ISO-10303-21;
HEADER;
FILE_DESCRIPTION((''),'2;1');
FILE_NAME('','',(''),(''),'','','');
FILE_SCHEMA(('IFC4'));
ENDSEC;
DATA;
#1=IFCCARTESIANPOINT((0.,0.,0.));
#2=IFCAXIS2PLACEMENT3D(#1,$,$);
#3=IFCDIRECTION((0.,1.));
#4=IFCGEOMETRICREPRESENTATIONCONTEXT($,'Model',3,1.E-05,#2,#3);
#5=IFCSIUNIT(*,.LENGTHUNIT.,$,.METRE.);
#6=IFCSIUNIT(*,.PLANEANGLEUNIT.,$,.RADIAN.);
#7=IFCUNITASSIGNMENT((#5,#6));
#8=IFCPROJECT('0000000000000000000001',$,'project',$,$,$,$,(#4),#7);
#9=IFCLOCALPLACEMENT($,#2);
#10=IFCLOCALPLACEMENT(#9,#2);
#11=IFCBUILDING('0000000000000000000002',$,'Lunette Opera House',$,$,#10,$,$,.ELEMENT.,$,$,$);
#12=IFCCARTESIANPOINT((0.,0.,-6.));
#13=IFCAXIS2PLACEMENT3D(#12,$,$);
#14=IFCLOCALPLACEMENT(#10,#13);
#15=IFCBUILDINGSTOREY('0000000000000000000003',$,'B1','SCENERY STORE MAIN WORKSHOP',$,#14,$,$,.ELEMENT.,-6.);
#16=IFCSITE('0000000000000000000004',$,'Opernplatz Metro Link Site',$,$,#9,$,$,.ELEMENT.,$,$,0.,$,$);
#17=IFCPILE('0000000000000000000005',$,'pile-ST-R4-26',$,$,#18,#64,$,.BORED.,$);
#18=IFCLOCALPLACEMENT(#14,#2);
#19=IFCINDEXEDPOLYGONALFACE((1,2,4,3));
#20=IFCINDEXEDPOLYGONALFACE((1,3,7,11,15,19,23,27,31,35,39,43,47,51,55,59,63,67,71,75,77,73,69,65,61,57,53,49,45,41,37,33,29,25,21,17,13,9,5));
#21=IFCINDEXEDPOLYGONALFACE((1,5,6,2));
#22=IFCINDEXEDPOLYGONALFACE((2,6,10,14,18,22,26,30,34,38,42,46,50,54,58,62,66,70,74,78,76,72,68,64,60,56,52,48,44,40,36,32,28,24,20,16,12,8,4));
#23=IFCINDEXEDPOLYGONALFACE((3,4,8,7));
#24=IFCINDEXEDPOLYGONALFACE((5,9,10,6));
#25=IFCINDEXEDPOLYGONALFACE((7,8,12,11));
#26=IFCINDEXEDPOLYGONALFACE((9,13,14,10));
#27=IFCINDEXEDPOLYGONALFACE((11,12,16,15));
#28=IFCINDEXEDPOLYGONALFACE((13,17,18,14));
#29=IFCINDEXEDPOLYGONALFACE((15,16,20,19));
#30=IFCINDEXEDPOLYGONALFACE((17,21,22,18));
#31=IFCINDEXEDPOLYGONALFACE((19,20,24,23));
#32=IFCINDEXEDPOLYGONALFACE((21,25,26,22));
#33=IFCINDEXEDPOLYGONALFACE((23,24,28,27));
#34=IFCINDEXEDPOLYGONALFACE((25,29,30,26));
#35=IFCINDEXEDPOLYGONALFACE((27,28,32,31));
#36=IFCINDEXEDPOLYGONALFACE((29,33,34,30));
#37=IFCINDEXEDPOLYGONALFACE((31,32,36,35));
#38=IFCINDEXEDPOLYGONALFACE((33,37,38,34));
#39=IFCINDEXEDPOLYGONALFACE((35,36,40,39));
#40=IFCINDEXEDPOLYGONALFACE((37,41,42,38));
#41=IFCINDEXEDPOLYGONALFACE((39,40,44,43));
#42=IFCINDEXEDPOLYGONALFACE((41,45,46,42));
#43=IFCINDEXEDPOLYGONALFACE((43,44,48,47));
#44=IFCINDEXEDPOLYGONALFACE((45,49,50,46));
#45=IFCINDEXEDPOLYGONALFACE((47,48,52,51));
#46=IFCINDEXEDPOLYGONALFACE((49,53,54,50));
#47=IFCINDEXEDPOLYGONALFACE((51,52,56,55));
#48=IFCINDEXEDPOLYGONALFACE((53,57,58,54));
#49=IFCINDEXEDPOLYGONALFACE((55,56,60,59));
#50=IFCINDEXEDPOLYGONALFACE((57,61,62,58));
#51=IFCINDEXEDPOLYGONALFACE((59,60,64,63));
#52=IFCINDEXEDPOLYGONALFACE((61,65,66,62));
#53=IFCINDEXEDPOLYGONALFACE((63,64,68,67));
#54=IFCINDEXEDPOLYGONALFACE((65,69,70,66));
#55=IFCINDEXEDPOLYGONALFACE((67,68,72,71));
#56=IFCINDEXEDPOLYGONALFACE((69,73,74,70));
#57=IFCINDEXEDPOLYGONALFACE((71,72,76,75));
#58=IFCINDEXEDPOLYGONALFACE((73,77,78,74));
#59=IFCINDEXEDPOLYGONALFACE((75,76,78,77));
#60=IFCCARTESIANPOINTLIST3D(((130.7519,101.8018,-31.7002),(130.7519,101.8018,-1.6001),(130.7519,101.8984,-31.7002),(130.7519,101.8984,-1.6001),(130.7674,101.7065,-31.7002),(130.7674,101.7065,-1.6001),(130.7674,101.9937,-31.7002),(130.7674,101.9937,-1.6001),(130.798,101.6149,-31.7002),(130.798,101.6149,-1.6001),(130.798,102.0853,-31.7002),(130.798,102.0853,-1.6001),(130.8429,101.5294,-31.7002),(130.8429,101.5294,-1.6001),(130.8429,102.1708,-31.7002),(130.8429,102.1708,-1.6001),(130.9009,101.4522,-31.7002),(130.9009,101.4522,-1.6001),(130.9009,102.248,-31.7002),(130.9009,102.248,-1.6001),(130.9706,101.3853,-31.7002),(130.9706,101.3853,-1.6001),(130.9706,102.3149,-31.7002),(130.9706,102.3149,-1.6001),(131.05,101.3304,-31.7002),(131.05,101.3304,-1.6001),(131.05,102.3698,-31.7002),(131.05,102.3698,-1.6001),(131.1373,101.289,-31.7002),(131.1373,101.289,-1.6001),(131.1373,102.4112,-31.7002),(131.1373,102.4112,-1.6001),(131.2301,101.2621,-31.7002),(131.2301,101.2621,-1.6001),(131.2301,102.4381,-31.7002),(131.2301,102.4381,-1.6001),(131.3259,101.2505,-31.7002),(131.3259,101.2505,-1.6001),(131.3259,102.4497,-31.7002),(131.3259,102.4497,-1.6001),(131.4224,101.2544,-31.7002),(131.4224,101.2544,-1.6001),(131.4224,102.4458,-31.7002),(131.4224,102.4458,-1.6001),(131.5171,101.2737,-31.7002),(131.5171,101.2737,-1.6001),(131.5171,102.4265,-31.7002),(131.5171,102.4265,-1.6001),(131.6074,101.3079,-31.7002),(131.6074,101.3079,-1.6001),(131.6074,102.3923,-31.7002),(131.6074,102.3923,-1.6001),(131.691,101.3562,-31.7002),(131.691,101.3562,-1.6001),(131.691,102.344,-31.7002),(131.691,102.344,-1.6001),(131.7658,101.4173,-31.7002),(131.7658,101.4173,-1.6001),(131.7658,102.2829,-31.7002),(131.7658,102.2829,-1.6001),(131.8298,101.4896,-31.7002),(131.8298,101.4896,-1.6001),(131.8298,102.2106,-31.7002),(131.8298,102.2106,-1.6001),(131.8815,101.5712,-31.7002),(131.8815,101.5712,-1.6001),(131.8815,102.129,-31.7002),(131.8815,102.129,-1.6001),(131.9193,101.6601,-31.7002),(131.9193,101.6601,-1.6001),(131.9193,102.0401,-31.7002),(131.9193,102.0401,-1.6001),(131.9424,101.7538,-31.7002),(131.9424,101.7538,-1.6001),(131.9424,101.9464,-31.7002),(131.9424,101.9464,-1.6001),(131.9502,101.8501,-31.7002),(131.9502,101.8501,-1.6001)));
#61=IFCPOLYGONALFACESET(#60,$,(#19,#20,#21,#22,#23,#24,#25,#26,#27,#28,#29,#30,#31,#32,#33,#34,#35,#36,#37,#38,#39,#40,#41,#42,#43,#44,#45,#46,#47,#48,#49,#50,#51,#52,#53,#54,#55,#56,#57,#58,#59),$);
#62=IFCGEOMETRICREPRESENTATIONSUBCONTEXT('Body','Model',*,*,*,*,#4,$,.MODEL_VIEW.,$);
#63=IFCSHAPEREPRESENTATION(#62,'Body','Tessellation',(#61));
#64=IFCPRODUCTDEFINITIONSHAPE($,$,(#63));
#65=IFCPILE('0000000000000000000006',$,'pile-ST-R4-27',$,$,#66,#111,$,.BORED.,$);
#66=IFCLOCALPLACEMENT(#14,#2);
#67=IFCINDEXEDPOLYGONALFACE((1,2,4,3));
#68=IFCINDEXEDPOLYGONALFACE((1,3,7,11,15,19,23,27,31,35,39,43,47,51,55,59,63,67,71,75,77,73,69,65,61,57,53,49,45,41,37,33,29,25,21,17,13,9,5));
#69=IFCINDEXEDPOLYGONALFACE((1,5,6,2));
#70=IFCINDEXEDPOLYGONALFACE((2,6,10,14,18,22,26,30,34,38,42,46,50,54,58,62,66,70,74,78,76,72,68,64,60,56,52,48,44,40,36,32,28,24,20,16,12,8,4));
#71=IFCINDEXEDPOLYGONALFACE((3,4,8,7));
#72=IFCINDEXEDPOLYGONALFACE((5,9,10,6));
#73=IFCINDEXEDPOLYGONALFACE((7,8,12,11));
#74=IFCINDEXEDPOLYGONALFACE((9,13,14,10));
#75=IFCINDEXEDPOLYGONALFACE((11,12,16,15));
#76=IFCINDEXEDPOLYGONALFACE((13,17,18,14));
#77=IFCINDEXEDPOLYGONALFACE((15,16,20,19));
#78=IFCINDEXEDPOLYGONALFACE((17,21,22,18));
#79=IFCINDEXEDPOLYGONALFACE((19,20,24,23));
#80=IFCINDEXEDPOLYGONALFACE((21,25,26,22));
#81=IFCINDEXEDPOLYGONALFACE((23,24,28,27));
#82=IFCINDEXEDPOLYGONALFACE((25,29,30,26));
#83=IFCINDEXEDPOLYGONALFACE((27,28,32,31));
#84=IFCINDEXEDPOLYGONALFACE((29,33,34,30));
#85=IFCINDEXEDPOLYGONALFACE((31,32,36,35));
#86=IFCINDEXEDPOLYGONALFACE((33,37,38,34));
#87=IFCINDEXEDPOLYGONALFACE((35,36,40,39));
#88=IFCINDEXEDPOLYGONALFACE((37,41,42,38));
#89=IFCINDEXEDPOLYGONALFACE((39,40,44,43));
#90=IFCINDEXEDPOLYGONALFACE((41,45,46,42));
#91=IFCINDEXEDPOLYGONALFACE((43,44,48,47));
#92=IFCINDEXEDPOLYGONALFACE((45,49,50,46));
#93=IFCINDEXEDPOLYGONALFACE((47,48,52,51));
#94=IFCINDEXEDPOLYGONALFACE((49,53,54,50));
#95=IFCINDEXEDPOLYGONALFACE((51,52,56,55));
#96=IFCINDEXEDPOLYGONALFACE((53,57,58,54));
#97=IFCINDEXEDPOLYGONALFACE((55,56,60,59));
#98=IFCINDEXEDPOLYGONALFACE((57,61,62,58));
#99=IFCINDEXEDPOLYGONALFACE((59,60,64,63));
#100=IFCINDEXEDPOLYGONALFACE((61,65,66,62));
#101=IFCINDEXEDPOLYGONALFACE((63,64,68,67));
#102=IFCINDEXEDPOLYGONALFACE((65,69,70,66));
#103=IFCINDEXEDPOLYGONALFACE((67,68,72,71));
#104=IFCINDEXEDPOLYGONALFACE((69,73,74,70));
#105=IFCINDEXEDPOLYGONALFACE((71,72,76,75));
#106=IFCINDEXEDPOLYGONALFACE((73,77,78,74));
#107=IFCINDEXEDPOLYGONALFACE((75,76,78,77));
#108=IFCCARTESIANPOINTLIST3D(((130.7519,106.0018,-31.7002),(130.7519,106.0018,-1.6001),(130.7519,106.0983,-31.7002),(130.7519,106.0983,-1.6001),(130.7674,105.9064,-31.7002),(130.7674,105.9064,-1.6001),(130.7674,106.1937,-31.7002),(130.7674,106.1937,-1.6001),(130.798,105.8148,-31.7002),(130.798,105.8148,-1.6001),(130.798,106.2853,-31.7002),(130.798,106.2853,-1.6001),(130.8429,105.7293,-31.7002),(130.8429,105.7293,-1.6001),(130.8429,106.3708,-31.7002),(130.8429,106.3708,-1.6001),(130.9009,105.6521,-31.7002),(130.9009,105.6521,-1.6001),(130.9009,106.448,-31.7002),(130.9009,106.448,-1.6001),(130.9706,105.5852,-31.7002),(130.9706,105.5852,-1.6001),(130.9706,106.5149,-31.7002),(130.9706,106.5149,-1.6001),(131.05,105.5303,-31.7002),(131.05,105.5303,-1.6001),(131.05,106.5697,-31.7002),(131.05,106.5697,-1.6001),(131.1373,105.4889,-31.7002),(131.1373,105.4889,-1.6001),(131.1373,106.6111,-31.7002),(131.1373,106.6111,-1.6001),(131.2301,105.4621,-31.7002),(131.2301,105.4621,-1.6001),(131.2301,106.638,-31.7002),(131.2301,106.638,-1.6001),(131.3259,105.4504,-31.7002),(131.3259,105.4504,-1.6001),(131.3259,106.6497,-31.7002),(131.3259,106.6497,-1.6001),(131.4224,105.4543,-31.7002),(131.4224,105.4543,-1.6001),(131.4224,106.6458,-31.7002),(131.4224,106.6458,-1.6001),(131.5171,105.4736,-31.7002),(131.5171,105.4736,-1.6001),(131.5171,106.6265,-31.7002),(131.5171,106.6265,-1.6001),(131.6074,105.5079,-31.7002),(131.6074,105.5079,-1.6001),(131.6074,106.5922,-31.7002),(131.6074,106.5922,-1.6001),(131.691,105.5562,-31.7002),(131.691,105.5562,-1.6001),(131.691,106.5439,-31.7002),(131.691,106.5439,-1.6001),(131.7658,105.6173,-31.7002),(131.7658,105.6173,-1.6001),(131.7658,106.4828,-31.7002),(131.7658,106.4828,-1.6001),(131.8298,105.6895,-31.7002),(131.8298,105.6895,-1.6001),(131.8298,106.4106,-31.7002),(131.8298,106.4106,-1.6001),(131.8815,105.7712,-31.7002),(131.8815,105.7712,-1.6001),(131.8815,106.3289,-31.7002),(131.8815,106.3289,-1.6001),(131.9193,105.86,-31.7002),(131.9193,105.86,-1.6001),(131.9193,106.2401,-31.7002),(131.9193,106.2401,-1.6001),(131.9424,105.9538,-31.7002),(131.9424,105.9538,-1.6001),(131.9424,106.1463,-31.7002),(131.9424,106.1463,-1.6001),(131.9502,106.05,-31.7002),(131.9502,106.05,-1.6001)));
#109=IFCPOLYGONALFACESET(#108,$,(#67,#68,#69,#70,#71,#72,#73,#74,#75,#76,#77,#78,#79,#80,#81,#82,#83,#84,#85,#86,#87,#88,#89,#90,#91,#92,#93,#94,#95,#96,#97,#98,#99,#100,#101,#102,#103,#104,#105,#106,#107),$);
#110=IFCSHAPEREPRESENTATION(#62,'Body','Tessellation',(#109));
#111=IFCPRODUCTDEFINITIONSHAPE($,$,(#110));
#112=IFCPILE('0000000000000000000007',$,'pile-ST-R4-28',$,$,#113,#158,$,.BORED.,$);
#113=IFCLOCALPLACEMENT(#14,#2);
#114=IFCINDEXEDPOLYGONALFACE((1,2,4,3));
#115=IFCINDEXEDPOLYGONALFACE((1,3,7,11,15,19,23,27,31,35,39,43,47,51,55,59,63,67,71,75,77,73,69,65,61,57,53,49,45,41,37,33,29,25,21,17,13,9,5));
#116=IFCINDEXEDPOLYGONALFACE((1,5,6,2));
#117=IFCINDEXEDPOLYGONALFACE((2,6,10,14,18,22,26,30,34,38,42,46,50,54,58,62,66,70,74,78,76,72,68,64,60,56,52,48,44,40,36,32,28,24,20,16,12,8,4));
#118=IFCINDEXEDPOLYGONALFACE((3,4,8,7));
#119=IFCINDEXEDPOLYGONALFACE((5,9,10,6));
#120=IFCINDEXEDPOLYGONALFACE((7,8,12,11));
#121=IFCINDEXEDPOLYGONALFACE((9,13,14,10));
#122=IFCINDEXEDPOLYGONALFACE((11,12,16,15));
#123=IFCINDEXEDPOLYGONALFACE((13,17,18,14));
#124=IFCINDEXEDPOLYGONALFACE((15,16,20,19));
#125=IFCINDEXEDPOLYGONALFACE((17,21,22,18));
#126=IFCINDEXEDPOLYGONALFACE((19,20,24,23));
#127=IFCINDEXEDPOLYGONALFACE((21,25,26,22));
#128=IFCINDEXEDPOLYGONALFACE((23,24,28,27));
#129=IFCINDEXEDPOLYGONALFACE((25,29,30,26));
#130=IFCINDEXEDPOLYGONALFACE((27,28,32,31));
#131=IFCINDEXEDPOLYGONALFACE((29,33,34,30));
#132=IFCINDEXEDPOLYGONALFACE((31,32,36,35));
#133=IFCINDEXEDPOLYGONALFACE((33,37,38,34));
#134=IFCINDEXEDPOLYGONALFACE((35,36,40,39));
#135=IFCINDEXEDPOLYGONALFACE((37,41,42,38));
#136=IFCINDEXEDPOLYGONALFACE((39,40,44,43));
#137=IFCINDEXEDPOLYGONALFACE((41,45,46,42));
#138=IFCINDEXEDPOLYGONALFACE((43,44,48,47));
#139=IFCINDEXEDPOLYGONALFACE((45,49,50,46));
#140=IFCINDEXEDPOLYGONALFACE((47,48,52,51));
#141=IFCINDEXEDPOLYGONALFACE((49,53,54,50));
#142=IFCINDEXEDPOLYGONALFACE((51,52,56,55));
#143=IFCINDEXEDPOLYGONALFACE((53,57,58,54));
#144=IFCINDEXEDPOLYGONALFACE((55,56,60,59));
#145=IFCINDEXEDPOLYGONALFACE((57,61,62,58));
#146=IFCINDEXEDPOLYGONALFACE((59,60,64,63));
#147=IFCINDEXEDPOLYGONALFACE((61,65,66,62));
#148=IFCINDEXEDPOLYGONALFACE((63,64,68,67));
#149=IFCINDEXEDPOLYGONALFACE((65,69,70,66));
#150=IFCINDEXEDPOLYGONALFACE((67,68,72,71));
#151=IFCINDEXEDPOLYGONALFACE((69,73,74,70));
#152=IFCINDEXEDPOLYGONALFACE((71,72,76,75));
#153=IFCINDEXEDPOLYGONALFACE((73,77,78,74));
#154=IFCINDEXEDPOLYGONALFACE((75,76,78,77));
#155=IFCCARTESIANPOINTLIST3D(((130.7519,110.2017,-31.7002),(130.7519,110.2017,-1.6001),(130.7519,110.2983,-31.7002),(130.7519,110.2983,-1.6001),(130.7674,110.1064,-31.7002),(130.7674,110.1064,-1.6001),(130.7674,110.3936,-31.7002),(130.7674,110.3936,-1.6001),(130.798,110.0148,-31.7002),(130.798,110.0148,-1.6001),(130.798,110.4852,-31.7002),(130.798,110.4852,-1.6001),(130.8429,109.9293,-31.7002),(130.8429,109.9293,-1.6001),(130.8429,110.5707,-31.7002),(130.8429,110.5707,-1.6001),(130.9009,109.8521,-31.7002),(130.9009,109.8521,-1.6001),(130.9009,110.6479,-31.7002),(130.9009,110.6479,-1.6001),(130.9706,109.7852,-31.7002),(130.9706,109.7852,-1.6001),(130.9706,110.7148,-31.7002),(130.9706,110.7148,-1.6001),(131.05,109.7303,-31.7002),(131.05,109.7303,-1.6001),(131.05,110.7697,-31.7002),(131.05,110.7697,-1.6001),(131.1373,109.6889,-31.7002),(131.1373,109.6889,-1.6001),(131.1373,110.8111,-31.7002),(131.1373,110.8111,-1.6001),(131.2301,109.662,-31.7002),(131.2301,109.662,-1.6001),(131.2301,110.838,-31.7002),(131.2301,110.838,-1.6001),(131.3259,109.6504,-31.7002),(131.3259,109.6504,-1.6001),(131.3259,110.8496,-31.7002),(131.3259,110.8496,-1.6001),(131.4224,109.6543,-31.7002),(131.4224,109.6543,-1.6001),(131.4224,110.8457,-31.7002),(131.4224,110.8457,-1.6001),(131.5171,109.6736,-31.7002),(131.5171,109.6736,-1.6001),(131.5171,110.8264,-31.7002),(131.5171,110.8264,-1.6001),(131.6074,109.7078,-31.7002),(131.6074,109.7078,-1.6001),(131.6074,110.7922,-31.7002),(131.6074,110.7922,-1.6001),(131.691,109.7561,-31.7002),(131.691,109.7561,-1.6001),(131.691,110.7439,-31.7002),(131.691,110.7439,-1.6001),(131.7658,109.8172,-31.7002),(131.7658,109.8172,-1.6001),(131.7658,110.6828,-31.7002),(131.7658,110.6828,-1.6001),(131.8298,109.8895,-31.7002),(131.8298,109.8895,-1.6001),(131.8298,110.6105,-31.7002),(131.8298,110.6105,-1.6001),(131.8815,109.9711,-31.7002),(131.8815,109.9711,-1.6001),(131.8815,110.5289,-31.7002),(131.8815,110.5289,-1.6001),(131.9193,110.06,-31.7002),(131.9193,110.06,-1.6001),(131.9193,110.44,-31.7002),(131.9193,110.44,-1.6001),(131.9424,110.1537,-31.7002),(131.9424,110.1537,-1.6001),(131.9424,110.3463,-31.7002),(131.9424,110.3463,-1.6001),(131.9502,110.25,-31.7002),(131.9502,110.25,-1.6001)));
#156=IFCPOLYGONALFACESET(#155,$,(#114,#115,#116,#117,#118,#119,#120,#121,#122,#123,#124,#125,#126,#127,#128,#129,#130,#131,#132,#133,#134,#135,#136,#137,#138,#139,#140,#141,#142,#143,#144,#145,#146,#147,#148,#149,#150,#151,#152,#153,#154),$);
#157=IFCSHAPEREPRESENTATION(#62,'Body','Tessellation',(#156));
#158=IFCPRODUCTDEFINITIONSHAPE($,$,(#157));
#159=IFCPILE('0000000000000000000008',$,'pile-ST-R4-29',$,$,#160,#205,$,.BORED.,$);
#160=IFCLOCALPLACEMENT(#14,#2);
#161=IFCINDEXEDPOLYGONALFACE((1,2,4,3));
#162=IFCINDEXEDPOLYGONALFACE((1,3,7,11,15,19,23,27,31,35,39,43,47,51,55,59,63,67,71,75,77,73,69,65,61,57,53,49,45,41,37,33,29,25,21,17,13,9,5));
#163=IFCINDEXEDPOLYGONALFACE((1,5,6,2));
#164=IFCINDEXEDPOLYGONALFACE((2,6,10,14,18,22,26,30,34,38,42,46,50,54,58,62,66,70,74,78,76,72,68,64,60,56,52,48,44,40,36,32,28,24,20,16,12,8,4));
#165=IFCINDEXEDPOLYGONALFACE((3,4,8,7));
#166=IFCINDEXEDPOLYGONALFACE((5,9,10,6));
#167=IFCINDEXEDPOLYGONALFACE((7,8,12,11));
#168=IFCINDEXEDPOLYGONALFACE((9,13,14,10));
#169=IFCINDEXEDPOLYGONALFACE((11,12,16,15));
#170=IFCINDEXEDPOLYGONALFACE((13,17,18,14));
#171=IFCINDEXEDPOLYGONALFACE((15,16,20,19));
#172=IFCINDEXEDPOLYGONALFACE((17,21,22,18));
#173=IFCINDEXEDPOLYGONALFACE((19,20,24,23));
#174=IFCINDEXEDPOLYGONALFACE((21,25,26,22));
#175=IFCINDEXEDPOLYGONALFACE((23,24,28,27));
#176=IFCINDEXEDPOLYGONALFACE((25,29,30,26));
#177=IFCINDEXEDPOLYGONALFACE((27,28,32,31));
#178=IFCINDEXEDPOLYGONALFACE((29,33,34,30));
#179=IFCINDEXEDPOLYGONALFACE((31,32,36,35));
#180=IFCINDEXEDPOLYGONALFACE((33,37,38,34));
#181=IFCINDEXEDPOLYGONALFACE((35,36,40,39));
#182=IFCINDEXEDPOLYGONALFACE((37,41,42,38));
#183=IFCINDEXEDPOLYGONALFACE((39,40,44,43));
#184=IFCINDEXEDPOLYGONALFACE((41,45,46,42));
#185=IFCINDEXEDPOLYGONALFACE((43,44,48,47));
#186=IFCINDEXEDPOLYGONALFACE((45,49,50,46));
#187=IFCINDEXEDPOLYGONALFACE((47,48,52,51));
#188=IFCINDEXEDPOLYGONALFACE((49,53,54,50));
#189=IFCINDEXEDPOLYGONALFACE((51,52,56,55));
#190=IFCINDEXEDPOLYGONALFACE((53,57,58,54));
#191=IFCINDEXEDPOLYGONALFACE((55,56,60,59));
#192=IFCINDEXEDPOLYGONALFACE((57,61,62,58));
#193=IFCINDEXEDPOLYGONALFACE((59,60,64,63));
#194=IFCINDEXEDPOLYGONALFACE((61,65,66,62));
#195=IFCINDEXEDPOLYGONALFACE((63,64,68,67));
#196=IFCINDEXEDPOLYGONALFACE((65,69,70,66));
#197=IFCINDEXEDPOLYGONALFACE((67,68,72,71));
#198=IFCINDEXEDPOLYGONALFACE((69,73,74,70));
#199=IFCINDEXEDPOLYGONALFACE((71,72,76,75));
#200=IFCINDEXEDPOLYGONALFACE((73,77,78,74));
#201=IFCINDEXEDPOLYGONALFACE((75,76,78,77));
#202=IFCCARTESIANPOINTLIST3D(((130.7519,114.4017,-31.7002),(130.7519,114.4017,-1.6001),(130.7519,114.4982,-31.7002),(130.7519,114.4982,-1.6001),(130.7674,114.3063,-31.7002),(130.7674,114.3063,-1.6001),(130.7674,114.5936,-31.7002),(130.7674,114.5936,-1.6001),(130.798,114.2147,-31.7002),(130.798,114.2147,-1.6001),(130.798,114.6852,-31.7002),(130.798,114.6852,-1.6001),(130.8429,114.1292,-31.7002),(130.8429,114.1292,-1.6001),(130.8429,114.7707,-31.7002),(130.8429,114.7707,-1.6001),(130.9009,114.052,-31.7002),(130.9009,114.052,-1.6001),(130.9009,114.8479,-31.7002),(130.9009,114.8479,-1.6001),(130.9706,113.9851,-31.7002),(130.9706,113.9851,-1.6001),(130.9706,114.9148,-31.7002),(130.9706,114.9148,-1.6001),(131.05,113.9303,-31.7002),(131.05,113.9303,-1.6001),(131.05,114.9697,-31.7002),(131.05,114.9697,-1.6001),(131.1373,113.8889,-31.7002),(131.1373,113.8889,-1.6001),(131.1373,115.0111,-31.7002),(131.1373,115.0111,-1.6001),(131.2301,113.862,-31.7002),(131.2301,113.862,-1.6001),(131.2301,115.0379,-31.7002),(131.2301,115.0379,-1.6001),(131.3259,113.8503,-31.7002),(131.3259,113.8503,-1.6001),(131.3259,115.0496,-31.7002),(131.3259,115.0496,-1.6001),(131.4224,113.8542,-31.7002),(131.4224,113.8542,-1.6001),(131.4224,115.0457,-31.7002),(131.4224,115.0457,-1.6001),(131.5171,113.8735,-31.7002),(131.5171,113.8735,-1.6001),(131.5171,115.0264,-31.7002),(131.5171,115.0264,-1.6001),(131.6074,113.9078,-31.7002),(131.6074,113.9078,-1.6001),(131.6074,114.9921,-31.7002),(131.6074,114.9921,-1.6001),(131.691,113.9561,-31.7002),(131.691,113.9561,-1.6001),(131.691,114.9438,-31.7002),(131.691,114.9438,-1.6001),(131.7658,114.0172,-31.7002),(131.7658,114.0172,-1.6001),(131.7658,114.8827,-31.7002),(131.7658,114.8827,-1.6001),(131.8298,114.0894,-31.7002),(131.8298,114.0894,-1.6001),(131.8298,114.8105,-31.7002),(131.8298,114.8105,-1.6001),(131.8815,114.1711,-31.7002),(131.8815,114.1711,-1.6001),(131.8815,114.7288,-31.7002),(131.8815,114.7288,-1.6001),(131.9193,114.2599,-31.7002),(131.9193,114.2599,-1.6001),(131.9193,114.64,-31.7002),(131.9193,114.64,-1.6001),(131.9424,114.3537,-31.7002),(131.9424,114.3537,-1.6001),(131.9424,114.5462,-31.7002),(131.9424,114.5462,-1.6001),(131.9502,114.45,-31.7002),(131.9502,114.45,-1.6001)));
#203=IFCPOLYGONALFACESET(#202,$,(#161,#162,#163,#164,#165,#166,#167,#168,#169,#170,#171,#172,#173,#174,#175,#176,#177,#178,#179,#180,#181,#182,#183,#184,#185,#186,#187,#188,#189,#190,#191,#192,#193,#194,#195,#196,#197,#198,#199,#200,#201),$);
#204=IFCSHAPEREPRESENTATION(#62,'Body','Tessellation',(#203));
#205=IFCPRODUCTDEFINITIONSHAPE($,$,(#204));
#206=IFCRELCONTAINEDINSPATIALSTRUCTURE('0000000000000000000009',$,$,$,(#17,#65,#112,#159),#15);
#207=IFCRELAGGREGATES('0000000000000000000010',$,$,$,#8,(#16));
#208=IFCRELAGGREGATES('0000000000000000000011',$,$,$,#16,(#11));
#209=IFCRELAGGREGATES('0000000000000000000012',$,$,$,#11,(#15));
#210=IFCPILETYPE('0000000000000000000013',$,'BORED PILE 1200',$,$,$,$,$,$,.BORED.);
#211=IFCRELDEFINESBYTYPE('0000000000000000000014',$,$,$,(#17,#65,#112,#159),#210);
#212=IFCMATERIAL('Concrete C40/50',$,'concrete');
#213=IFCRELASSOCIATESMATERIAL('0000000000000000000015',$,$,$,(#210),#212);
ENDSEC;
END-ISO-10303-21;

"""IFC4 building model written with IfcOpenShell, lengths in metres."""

from ifc_helpers import new_model, si_unit, direction, frame, origin, origin_2d, place, context, subcontext, project, spatial, circle, extrude, material, material_profile, profile_set, type_object, element, save


model = new_model("IFC4")

# Units and contexts
model_context = context("Model", 3, precision=1e-05, world=origin(), true_north=direction((0.0, 1.0)))
body_context = subcontext(model_context, "Body", "Model", "MODEL_VIEW")
ifc_project = project(units=[si_unit("LENGTHUNIT", "METRE"), si_unit("PLANEANGLEUNIT", "RADIAN")], contexts=[model_context])

# Site, building, storey
site_placement = place(None, origin())
site = spatial("IfcSite", under=ifc_project, at=site_placement, Name="Opernplatz Metro Link Site", CompositionType="ELEMENT", RefElevation=0.0)
building_placement = place(site_placement, origin())
building = spatial("IfcBuilding", under=site, at=building_placement, Name="Lunette Opera House", CompositionType="ELEMENT")
storey_placement = place(building_placement, frame((0.0, 0.0, -6.0)))
storey = spatial("IfcBuildingStorey", under=building, at=storey_placement, Name="B1", Description="SCENERY STORE MAIN WORKSHOP", CompositionType="ELEMENT", Elevation=-6.0)

# Piles
ifc_material_1 = material(Name="Concrete C40/50", Category="concrete")
ifc_material_profile_1 = material_profile(ifc_material_1, circle(Radius=0.6001, at=origin_2d()), Name="BORED PILE 1200")
ifc_profile_set_1 = profile_set([ifc_material_profile_1], Name="Concrete C40/50")
pile_type_1 = type_object("IfcPileType", Name="BORED PILE 1200", PredefinedType="BORED", material=ifc_profile_set_1)
for number, where, z_axis, x_axis, name in (
    (1, (131.3501, 101.8501, -1.6001), (0.0, 0.0, -1.0), (1.0, 0.0, 0.0), "pile-ST-R4-26"),
    (2, (131.3501, 106.05, -1.6001), (0.0, 0.0, -1.0), (1.0, 0.0, 0.0), "pile-ST-R4-27"),
    (3, (131.3501, 110.25, -1.6001), (0.0, 0.0, -1.0), (1.0, 0.0, 0.0), "pile-ST-R4-28"),
    (4, (131.3501, 114.45, -1.6001), (0.0, 0.0, -1.0), (1.0, 0.0, 0.0), "pile-ST-R4-29"),
):
    element("IfcPile", number, at=place(storey_placement, frame(where, z_axis=z_axis, x_axis=x_axis)), inside=storey, type_object=pile_type_1, Name=name, PredefinedType="BORED", context=body_context, shape_type="SweptSolid", body=[
        extrude(circle(Radius=0.6001, at=origin_2d()), origin(), (0.0, 0.0, 1.0), 30.1001),
    ])

save(model, "model.ifc")
